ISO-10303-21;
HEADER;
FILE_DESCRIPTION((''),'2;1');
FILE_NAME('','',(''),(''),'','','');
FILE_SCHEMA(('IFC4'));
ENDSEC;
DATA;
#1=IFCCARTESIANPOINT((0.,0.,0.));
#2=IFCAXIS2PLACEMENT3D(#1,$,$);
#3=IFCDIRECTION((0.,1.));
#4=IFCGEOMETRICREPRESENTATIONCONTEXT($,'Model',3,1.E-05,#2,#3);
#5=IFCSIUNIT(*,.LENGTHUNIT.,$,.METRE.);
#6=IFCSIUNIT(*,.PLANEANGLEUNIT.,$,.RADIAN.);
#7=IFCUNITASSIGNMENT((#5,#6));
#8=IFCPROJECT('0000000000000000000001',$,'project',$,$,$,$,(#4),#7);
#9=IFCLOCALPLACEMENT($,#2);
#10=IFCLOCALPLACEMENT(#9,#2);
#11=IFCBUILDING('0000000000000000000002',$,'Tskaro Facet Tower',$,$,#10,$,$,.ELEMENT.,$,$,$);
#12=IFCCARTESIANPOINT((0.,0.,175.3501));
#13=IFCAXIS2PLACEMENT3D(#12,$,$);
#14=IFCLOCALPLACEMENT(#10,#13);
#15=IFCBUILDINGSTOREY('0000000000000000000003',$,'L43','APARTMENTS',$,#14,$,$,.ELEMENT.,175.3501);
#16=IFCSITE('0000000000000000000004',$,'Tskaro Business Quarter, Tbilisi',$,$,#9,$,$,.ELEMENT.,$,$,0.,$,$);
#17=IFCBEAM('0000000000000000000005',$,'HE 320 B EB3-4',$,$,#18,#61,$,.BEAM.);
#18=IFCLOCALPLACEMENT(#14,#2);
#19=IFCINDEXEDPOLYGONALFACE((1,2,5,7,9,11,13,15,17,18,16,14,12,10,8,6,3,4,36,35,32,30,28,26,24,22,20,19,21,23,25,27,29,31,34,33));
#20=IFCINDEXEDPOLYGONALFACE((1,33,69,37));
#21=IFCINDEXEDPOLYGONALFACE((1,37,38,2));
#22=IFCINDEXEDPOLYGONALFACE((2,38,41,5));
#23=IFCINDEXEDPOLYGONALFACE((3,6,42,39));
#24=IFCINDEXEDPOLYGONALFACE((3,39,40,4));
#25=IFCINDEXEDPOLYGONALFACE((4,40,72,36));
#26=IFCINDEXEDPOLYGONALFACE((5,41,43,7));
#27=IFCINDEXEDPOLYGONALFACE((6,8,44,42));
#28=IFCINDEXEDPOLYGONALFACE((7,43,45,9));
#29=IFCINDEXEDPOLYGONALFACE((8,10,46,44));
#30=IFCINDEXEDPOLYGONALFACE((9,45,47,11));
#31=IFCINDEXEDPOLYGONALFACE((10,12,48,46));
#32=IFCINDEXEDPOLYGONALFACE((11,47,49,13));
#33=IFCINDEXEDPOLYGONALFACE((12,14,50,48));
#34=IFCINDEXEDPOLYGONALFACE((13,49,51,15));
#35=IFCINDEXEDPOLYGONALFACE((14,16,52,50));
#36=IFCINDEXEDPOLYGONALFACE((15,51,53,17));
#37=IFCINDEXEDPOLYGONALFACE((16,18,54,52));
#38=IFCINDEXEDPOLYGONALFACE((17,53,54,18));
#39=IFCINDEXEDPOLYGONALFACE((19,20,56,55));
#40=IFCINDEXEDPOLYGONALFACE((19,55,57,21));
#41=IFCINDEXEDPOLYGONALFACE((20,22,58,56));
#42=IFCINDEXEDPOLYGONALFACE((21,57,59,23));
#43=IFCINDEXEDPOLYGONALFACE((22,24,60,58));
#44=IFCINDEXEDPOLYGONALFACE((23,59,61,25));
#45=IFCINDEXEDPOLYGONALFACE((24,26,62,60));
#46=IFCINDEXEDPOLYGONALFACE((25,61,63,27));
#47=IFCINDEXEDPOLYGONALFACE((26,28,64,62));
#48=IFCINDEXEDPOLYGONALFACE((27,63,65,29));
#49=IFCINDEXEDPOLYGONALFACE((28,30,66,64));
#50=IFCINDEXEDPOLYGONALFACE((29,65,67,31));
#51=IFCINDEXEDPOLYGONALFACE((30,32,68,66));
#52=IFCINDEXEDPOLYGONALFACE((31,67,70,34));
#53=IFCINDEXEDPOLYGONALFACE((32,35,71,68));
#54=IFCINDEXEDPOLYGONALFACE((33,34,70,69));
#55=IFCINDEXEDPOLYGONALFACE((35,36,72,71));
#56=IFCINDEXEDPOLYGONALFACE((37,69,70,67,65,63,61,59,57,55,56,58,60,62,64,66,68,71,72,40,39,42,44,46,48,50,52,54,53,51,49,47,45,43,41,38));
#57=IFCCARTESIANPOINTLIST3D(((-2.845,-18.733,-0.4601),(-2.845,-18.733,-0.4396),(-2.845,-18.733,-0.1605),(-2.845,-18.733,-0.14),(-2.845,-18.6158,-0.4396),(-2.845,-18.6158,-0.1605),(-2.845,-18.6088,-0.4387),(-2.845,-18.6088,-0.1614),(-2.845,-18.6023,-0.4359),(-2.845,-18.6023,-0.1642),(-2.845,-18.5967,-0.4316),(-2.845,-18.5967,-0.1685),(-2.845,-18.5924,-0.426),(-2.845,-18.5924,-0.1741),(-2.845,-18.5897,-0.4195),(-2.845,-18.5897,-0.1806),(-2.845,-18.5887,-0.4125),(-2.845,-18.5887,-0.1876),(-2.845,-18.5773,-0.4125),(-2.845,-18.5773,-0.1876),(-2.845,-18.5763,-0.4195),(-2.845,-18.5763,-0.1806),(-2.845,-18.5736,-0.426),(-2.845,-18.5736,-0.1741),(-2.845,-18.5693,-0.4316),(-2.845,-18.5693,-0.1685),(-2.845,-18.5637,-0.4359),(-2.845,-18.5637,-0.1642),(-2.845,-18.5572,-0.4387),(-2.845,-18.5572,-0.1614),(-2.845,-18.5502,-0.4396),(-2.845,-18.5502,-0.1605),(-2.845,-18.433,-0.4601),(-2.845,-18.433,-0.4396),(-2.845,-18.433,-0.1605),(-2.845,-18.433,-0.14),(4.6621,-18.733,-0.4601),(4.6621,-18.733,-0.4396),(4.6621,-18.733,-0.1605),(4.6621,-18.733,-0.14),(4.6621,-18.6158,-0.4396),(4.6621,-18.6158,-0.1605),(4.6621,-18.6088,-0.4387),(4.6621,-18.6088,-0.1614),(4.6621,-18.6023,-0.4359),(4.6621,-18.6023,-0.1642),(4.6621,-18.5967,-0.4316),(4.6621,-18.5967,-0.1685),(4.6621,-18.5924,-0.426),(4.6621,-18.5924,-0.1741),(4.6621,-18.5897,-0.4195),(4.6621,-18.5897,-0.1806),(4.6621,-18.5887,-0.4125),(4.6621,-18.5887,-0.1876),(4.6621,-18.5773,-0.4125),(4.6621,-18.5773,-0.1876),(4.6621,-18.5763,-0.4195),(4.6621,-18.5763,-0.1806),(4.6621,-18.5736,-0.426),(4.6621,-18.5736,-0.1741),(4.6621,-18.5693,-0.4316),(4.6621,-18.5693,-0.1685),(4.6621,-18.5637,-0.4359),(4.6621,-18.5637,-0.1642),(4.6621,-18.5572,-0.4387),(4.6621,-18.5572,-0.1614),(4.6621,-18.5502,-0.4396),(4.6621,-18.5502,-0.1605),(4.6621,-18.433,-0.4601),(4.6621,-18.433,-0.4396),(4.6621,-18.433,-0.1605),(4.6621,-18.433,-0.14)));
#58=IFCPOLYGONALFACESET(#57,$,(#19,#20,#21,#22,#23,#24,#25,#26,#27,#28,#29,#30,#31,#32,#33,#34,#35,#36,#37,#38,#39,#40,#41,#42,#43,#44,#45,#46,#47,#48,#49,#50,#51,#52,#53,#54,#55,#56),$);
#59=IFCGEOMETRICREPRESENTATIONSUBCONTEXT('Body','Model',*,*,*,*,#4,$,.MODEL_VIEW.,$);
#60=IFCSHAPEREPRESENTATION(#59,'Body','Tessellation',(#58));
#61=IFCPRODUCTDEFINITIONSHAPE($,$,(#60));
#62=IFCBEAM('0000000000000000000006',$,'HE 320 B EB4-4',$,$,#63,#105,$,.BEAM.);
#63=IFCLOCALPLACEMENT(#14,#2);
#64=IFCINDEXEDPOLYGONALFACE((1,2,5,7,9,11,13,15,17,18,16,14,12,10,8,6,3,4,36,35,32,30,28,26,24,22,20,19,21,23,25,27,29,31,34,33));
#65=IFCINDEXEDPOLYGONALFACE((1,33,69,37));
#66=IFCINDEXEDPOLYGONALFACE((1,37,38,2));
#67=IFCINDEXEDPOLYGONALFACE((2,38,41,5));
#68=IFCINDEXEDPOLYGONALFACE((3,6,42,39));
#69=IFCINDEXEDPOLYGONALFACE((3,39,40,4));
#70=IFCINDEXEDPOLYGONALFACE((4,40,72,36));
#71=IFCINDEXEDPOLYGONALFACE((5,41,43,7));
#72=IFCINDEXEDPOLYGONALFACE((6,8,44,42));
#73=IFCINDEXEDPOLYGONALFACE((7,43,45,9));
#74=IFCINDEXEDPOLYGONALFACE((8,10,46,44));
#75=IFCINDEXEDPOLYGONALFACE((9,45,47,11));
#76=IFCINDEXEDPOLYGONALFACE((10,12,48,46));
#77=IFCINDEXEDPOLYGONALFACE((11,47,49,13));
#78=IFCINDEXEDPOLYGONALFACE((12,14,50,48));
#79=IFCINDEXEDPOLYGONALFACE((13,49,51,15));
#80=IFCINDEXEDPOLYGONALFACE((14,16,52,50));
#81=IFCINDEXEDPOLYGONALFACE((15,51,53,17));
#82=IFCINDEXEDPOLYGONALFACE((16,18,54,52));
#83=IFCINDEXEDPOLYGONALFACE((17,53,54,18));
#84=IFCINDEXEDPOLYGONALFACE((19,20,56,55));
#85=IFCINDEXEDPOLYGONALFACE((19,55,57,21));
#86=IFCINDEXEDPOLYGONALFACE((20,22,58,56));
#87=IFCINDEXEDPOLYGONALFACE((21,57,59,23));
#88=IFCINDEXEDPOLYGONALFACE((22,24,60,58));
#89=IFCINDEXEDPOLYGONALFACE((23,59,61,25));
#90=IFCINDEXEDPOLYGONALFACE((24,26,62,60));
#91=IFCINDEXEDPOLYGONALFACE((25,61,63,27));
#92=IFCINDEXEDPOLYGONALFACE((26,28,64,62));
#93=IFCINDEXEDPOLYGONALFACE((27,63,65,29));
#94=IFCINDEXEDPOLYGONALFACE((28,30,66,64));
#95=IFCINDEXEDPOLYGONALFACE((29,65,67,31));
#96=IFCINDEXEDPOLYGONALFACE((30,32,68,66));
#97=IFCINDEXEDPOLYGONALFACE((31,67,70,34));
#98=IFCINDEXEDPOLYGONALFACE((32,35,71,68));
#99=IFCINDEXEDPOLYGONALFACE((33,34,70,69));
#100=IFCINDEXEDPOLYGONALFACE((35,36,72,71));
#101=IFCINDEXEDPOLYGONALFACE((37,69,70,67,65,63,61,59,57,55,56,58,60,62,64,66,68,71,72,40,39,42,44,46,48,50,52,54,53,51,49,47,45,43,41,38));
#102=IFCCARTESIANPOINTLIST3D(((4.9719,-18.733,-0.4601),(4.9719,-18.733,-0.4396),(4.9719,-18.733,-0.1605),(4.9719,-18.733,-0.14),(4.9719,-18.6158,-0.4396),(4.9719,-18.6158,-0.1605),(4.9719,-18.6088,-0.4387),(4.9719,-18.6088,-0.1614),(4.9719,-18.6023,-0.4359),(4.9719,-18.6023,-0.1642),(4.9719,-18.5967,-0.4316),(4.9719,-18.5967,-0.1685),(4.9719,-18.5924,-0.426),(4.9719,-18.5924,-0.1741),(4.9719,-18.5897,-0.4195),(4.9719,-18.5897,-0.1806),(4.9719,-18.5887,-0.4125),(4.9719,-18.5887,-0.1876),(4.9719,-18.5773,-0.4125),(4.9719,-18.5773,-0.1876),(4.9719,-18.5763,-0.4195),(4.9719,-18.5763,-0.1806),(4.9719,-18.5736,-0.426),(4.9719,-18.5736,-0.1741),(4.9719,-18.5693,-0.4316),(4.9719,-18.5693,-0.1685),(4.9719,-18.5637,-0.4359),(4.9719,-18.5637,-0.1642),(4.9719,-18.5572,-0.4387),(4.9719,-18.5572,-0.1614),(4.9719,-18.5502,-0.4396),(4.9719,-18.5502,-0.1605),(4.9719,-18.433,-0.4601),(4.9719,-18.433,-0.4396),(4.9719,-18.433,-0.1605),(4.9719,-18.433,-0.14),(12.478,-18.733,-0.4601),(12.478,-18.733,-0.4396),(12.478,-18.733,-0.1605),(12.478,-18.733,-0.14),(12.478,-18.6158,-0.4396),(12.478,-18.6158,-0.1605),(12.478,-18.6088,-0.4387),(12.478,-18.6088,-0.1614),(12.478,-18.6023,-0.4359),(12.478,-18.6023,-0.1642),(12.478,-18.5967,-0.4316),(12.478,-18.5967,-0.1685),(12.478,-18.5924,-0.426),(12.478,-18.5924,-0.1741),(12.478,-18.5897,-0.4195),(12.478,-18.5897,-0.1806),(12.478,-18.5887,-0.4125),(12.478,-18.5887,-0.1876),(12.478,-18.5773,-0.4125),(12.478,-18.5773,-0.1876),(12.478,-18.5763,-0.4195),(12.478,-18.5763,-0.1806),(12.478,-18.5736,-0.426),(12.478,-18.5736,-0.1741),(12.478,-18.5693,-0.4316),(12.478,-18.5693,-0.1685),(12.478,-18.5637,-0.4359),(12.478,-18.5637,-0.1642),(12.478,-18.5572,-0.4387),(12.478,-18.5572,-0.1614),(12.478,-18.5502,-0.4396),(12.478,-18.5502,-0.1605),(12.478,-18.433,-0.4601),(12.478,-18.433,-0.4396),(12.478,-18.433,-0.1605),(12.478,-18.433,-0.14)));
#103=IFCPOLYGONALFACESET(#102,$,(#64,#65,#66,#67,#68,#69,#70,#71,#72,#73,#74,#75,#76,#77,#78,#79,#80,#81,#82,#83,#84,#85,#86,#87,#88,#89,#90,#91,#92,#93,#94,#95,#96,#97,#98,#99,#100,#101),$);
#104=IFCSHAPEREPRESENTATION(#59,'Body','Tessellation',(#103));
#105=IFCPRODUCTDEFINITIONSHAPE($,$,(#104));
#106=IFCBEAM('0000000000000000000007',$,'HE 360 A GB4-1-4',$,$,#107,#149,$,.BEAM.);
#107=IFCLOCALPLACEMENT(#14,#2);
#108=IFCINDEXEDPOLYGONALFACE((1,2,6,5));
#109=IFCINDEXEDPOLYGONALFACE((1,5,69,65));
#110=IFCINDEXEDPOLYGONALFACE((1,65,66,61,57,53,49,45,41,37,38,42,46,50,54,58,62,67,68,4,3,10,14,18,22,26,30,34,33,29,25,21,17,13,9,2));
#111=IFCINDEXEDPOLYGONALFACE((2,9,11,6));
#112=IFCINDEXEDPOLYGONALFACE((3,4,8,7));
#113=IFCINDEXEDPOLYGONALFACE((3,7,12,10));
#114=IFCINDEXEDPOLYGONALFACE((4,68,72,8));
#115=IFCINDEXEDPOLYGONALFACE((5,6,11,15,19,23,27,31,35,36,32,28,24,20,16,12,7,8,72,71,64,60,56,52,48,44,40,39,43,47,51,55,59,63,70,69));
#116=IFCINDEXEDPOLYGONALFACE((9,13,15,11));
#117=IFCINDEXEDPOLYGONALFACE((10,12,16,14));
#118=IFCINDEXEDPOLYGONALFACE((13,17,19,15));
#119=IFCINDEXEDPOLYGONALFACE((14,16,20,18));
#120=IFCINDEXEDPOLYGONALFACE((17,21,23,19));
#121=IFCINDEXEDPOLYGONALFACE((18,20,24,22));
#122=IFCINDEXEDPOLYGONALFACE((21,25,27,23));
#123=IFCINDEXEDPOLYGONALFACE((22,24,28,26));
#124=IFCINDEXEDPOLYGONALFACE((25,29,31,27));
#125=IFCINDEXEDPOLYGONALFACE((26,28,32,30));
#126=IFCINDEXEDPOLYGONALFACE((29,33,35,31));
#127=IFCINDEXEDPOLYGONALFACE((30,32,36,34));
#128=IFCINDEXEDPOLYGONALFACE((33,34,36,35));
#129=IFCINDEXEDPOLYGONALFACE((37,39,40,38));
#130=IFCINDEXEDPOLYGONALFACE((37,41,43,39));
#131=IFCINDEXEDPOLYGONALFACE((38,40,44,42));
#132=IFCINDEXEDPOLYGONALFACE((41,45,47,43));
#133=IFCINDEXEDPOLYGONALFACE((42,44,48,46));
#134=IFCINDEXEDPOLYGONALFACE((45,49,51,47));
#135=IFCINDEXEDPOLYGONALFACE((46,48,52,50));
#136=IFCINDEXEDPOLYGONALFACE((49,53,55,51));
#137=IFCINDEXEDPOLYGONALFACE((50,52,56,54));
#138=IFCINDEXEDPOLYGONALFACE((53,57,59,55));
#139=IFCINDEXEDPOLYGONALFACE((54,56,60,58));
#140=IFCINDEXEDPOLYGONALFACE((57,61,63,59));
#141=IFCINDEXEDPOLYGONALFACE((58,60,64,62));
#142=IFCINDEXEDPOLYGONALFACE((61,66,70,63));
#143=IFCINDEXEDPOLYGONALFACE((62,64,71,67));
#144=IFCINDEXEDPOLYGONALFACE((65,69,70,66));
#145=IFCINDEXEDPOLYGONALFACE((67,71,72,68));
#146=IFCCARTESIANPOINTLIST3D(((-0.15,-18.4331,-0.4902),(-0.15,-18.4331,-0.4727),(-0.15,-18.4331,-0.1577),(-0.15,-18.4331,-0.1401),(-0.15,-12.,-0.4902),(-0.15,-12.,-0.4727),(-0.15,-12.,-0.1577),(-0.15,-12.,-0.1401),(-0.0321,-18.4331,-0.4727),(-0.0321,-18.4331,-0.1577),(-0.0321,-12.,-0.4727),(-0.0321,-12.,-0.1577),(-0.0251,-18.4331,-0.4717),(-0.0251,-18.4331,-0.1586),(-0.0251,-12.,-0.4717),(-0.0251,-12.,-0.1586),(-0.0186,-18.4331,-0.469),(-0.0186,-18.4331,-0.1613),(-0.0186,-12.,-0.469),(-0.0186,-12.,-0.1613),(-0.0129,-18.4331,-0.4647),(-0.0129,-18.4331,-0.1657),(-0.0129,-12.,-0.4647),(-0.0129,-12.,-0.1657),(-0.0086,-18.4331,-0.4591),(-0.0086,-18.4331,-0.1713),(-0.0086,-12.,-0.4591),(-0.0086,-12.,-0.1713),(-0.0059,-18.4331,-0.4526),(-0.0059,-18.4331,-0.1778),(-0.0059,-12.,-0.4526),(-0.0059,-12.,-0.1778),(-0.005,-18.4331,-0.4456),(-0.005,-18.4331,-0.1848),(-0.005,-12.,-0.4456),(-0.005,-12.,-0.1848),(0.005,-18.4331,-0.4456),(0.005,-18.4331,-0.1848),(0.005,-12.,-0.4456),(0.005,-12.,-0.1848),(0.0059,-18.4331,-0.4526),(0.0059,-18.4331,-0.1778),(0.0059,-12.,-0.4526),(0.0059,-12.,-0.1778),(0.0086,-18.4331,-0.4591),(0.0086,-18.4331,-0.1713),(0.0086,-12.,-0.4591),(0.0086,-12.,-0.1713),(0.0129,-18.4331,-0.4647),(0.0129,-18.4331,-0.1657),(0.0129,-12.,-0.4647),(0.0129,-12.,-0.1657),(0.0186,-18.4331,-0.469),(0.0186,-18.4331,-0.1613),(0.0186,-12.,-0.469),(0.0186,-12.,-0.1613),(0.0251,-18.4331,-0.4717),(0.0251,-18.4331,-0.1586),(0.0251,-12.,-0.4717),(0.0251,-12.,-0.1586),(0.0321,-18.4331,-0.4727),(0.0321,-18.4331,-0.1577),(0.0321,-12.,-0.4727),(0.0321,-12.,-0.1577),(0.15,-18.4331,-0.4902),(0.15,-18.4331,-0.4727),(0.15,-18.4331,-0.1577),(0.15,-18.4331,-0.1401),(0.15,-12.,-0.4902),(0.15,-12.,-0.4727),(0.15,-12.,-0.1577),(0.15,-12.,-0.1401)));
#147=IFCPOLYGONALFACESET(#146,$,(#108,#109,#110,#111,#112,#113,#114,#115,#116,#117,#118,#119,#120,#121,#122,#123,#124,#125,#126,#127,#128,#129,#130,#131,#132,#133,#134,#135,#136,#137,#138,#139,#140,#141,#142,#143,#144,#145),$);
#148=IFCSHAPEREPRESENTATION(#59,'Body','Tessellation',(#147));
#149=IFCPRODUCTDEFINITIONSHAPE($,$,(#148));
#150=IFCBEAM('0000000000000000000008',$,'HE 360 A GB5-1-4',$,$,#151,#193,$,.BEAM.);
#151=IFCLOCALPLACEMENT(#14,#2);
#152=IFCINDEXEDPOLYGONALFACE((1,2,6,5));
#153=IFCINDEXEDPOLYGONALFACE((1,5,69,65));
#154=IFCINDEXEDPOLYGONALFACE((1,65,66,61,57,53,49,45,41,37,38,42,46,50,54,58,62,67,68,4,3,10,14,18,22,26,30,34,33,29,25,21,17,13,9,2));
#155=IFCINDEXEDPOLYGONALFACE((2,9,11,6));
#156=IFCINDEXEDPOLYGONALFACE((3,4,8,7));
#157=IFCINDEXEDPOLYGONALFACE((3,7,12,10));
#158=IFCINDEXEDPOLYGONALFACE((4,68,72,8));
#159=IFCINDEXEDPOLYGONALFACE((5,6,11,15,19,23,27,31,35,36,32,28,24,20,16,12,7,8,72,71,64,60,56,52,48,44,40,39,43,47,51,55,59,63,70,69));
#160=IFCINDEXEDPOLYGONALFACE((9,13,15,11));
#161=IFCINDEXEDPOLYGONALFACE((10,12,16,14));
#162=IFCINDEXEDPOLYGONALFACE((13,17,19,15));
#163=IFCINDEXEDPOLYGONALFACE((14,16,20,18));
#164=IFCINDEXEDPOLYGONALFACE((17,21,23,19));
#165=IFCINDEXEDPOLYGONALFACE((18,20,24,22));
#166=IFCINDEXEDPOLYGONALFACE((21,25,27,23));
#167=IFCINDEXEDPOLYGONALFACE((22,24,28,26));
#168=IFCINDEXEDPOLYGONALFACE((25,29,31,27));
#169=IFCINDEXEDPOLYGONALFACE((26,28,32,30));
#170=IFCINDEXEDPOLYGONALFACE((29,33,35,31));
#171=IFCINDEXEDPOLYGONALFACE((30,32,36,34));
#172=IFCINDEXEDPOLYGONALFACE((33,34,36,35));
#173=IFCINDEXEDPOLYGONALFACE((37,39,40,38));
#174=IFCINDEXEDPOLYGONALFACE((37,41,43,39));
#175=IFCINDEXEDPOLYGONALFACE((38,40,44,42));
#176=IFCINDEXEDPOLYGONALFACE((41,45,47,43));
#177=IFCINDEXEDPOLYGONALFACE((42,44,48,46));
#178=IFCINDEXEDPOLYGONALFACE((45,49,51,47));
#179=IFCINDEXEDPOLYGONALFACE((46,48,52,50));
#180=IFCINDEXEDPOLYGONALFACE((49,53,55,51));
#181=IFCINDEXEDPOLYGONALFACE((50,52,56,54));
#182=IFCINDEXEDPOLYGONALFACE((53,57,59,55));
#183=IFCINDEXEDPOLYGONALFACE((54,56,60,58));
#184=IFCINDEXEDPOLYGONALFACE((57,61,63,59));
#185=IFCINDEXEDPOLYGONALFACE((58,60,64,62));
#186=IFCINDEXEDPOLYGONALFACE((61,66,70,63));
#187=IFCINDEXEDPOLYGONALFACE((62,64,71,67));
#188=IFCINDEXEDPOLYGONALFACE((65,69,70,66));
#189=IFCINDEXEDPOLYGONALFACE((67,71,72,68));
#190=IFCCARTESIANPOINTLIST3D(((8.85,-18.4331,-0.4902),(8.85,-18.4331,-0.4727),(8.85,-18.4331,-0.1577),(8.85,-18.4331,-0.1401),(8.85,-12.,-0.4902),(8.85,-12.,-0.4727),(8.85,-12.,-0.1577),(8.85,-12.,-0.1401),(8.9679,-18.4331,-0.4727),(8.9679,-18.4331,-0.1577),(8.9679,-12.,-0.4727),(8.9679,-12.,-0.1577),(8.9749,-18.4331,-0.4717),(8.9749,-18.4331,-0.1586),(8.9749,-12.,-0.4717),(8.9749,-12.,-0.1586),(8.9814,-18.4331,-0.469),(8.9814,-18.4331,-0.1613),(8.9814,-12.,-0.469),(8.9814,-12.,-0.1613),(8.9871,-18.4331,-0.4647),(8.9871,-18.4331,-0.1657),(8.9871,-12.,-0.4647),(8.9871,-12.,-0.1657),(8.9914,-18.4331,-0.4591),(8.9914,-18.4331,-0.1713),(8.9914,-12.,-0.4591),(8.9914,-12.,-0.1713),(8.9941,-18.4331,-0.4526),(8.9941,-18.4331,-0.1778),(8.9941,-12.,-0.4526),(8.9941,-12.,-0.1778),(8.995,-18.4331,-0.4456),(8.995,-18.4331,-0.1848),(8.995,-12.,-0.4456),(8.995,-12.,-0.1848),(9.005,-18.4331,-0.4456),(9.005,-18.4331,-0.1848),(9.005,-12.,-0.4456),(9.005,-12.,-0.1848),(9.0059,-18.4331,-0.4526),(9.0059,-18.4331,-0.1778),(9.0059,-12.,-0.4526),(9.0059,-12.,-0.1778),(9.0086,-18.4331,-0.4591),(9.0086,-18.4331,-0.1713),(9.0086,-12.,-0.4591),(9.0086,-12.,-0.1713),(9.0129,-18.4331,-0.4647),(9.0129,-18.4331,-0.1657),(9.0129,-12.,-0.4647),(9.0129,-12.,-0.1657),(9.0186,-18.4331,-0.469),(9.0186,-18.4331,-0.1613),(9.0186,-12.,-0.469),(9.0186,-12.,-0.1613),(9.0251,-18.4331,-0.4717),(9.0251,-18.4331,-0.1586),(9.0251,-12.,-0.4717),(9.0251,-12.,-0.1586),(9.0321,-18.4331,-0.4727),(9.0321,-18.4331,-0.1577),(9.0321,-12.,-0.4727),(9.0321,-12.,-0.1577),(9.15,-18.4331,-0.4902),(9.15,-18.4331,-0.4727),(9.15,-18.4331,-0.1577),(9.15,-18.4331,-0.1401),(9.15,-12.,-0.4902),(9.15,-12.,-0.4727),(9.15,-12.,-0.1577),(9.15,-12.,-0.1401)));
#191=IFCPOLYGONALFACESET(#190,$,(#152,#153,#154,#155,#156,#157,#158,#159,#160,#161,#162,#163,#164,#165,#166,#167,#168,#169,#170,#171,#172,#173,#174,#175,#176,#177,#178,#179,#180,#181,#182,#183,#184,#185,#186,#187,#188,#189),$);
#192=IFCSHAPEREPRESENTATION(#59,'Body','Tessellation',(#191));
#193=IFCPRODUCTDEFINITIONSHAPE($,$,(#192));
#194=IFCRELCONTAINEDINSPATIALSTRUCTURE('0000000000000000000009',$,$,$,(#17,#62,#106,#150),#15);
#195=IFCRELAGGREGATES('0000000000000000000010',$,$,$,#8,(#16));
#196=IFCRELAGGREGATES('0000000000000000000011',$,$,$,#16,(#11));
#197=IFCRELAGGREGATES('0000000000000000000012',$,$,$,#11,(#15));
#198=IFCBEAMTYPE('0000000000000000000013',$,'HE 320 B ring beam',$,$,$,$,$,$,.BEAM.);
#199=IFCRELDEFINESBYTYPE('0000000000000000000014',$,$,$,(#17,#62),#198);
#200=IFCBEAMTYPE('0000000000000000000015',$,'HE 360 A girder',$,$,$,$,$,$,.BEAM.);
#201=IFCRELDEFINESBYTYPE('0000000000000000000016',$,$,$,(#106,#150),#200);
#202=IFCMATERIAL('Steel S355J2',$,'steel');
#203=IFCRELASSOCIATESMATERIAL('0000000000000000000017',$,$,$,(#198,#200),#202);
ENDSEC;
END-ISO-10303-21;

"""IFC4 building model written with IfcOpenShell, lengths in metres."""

from ifc_helpers import new_model, si_unit, direction, frame, origin, origin_2d, place, context, subcontext, project, spatial, i_section, extrude, material, material_profile, profile_set, type_object, element, save


model = new_model("IFC4")

# Units and contexts
model_context = context("Model", 3, precision=1e-05, world=origin(), true_north=direction((0.0, 1.0)))
body_context = subcontext(model_context, "Body", "Model", "MODEL_VIEW")
ifc_project = project(units=[si_unit("LENGTHUNIT", "METRE"), si_unit("PLANEANGLEUNIT", "RADIAN")], contexts=[model_context])

# Site, building, storey
site_placement = place(None, origin())
site = spatial("IfcSite", under=ifc_project, at=site_placement, Name="Tskaro Business Quarter, Tbilisi", CompositionType="ELEMENT", RefElevation=0.0)
building_placement = place(site_placement, origin())
building = spatial("IfcBuilding", under=site, at=building_placement, Name="Tskaro Facet Tower", CompositionType="ELEMENT")
storey_placement = place(building_placement, frame((0.0, 0.0, 175.3501)))
storey = spatial("IfcBuildingStorey", under=building, at=storey_placement, Name="L43", Description="APARTMENTS", CompositionType="ELEMENT", Elevation=175.3501)

# Beams
ifc_material_1 = material(Name="Steel S355J2", Category="steel")
ifc_material_profile_1 = material_profile(ifc_material_1, i_section(OverallWidth=0.3, OverallDepth=0.3201, WebThickness=0.0115, FlangeThickness=0.0205, FilletRadius=0.0271, at=origin_2d()), Name="HE 320 B")
ifc_profile_set_1 = profile_set([ifc_material_profile_1], Name="Steel S355J2")
beam_type_1 = type_object("IfcBeamType", Name="HE 320 B ring beam", PredefinedType="BEAM", material=ifc_profile_set_1)
beam_1_placement = place(storey_placement, frame((-2.845, -18.583, -0.3), z_axis=(1.0, 0.0, 0.0), x_axis=(0.0, 1.0, 0.0)))
element("IfcBeam", 1, at=beam_1_placement, inside=storey, type_object=beam_type_1, Name="HE 320 B EB3-4", PredefinedType="BEAM", context=body_context, shape_type="SweptSolid", body=[
    extrude(i_section(OverallWidth=0.3, OverallDepth=0.3201, WebThickness=0.0115, FlangeThickness=0.0205, FilletRadius=0.0271, at=origin_2d()), origin(), (0.0, 0.0, 1.0), 7.5071),
])
beam_2_placement = place(storey_placement, frame((4.9719, -18.583, -0.3), z_axis=(1.0, 0.0, 0.0), x_axis=(0.0, 1.0, 0.0)))
element("IfcBeam", 2, at=beam_2_placement, inside=storey, type_object=beam_type_1, Name="HE 320 B EB4-4", PredefinedType="BEAM", context=body_context, shape_type="SweptSolid", body=[
    extrude(i_section(OverallWidth=0.3, OverallDepth=0.3201, WebThickness=0.0115, FlangeThickness=0.0205, FilletRadius=0.0271, at=origin_2d()), origin(), (0.0, 0.0, 1.0), 7.5061),
])
ifc_material_profile_2 = material_profile(ifc_material_1, i_section(OverallWidth=0.3, OverallDepth=0.3501, WebThickness=0.01, FlangeThickness=0.0176, FilletRadius=0.0271, at=origin_2d()), Name="HE 360 A")
ifc_profile_set_2 = profile_set([ifc_material_profile_2], Name="Steel S355J2")
beam_type_2 = type_object("IfcBeamType", Name="HE 360 A girder", PredefinedType="BEAM", material=ifc_profile_set_2)
for number, where, z_axis, x_axis, name in (
    (3, (0.0, -18.4331, -0.3152), (0.0, 1.0, 0.0), (-1.0, 0.0, 0.0), "HE 360 A GB4-1-4"),
    (4, (9.0, -18.4331, -0.3152), (0.0, 1.0, 0.0), (-1.0, 0.0, 0.0), "HE 360 A GB5-1-4"),
):
    element("IfcBeam", number, at=place(storey_placement, frame(where, z_axis=z_axis, x_axis=x_axis)), inside=storey, type_object=beam_type_2, Name=name, PredefinedType="BEAM", context=body_context, shape_type="SweptSolid", body=[
        extrude(i_section(OverallWidth=0.3, OverallDepth=0.3501, WebThickness=0.01, FlangeThickness=0.0176, FilletRadius=0.0271, at=origin_2d()), origin(), (0.0, 0.0, 1.0), 6.4331),
    ])

save(model, "model.ifc")
